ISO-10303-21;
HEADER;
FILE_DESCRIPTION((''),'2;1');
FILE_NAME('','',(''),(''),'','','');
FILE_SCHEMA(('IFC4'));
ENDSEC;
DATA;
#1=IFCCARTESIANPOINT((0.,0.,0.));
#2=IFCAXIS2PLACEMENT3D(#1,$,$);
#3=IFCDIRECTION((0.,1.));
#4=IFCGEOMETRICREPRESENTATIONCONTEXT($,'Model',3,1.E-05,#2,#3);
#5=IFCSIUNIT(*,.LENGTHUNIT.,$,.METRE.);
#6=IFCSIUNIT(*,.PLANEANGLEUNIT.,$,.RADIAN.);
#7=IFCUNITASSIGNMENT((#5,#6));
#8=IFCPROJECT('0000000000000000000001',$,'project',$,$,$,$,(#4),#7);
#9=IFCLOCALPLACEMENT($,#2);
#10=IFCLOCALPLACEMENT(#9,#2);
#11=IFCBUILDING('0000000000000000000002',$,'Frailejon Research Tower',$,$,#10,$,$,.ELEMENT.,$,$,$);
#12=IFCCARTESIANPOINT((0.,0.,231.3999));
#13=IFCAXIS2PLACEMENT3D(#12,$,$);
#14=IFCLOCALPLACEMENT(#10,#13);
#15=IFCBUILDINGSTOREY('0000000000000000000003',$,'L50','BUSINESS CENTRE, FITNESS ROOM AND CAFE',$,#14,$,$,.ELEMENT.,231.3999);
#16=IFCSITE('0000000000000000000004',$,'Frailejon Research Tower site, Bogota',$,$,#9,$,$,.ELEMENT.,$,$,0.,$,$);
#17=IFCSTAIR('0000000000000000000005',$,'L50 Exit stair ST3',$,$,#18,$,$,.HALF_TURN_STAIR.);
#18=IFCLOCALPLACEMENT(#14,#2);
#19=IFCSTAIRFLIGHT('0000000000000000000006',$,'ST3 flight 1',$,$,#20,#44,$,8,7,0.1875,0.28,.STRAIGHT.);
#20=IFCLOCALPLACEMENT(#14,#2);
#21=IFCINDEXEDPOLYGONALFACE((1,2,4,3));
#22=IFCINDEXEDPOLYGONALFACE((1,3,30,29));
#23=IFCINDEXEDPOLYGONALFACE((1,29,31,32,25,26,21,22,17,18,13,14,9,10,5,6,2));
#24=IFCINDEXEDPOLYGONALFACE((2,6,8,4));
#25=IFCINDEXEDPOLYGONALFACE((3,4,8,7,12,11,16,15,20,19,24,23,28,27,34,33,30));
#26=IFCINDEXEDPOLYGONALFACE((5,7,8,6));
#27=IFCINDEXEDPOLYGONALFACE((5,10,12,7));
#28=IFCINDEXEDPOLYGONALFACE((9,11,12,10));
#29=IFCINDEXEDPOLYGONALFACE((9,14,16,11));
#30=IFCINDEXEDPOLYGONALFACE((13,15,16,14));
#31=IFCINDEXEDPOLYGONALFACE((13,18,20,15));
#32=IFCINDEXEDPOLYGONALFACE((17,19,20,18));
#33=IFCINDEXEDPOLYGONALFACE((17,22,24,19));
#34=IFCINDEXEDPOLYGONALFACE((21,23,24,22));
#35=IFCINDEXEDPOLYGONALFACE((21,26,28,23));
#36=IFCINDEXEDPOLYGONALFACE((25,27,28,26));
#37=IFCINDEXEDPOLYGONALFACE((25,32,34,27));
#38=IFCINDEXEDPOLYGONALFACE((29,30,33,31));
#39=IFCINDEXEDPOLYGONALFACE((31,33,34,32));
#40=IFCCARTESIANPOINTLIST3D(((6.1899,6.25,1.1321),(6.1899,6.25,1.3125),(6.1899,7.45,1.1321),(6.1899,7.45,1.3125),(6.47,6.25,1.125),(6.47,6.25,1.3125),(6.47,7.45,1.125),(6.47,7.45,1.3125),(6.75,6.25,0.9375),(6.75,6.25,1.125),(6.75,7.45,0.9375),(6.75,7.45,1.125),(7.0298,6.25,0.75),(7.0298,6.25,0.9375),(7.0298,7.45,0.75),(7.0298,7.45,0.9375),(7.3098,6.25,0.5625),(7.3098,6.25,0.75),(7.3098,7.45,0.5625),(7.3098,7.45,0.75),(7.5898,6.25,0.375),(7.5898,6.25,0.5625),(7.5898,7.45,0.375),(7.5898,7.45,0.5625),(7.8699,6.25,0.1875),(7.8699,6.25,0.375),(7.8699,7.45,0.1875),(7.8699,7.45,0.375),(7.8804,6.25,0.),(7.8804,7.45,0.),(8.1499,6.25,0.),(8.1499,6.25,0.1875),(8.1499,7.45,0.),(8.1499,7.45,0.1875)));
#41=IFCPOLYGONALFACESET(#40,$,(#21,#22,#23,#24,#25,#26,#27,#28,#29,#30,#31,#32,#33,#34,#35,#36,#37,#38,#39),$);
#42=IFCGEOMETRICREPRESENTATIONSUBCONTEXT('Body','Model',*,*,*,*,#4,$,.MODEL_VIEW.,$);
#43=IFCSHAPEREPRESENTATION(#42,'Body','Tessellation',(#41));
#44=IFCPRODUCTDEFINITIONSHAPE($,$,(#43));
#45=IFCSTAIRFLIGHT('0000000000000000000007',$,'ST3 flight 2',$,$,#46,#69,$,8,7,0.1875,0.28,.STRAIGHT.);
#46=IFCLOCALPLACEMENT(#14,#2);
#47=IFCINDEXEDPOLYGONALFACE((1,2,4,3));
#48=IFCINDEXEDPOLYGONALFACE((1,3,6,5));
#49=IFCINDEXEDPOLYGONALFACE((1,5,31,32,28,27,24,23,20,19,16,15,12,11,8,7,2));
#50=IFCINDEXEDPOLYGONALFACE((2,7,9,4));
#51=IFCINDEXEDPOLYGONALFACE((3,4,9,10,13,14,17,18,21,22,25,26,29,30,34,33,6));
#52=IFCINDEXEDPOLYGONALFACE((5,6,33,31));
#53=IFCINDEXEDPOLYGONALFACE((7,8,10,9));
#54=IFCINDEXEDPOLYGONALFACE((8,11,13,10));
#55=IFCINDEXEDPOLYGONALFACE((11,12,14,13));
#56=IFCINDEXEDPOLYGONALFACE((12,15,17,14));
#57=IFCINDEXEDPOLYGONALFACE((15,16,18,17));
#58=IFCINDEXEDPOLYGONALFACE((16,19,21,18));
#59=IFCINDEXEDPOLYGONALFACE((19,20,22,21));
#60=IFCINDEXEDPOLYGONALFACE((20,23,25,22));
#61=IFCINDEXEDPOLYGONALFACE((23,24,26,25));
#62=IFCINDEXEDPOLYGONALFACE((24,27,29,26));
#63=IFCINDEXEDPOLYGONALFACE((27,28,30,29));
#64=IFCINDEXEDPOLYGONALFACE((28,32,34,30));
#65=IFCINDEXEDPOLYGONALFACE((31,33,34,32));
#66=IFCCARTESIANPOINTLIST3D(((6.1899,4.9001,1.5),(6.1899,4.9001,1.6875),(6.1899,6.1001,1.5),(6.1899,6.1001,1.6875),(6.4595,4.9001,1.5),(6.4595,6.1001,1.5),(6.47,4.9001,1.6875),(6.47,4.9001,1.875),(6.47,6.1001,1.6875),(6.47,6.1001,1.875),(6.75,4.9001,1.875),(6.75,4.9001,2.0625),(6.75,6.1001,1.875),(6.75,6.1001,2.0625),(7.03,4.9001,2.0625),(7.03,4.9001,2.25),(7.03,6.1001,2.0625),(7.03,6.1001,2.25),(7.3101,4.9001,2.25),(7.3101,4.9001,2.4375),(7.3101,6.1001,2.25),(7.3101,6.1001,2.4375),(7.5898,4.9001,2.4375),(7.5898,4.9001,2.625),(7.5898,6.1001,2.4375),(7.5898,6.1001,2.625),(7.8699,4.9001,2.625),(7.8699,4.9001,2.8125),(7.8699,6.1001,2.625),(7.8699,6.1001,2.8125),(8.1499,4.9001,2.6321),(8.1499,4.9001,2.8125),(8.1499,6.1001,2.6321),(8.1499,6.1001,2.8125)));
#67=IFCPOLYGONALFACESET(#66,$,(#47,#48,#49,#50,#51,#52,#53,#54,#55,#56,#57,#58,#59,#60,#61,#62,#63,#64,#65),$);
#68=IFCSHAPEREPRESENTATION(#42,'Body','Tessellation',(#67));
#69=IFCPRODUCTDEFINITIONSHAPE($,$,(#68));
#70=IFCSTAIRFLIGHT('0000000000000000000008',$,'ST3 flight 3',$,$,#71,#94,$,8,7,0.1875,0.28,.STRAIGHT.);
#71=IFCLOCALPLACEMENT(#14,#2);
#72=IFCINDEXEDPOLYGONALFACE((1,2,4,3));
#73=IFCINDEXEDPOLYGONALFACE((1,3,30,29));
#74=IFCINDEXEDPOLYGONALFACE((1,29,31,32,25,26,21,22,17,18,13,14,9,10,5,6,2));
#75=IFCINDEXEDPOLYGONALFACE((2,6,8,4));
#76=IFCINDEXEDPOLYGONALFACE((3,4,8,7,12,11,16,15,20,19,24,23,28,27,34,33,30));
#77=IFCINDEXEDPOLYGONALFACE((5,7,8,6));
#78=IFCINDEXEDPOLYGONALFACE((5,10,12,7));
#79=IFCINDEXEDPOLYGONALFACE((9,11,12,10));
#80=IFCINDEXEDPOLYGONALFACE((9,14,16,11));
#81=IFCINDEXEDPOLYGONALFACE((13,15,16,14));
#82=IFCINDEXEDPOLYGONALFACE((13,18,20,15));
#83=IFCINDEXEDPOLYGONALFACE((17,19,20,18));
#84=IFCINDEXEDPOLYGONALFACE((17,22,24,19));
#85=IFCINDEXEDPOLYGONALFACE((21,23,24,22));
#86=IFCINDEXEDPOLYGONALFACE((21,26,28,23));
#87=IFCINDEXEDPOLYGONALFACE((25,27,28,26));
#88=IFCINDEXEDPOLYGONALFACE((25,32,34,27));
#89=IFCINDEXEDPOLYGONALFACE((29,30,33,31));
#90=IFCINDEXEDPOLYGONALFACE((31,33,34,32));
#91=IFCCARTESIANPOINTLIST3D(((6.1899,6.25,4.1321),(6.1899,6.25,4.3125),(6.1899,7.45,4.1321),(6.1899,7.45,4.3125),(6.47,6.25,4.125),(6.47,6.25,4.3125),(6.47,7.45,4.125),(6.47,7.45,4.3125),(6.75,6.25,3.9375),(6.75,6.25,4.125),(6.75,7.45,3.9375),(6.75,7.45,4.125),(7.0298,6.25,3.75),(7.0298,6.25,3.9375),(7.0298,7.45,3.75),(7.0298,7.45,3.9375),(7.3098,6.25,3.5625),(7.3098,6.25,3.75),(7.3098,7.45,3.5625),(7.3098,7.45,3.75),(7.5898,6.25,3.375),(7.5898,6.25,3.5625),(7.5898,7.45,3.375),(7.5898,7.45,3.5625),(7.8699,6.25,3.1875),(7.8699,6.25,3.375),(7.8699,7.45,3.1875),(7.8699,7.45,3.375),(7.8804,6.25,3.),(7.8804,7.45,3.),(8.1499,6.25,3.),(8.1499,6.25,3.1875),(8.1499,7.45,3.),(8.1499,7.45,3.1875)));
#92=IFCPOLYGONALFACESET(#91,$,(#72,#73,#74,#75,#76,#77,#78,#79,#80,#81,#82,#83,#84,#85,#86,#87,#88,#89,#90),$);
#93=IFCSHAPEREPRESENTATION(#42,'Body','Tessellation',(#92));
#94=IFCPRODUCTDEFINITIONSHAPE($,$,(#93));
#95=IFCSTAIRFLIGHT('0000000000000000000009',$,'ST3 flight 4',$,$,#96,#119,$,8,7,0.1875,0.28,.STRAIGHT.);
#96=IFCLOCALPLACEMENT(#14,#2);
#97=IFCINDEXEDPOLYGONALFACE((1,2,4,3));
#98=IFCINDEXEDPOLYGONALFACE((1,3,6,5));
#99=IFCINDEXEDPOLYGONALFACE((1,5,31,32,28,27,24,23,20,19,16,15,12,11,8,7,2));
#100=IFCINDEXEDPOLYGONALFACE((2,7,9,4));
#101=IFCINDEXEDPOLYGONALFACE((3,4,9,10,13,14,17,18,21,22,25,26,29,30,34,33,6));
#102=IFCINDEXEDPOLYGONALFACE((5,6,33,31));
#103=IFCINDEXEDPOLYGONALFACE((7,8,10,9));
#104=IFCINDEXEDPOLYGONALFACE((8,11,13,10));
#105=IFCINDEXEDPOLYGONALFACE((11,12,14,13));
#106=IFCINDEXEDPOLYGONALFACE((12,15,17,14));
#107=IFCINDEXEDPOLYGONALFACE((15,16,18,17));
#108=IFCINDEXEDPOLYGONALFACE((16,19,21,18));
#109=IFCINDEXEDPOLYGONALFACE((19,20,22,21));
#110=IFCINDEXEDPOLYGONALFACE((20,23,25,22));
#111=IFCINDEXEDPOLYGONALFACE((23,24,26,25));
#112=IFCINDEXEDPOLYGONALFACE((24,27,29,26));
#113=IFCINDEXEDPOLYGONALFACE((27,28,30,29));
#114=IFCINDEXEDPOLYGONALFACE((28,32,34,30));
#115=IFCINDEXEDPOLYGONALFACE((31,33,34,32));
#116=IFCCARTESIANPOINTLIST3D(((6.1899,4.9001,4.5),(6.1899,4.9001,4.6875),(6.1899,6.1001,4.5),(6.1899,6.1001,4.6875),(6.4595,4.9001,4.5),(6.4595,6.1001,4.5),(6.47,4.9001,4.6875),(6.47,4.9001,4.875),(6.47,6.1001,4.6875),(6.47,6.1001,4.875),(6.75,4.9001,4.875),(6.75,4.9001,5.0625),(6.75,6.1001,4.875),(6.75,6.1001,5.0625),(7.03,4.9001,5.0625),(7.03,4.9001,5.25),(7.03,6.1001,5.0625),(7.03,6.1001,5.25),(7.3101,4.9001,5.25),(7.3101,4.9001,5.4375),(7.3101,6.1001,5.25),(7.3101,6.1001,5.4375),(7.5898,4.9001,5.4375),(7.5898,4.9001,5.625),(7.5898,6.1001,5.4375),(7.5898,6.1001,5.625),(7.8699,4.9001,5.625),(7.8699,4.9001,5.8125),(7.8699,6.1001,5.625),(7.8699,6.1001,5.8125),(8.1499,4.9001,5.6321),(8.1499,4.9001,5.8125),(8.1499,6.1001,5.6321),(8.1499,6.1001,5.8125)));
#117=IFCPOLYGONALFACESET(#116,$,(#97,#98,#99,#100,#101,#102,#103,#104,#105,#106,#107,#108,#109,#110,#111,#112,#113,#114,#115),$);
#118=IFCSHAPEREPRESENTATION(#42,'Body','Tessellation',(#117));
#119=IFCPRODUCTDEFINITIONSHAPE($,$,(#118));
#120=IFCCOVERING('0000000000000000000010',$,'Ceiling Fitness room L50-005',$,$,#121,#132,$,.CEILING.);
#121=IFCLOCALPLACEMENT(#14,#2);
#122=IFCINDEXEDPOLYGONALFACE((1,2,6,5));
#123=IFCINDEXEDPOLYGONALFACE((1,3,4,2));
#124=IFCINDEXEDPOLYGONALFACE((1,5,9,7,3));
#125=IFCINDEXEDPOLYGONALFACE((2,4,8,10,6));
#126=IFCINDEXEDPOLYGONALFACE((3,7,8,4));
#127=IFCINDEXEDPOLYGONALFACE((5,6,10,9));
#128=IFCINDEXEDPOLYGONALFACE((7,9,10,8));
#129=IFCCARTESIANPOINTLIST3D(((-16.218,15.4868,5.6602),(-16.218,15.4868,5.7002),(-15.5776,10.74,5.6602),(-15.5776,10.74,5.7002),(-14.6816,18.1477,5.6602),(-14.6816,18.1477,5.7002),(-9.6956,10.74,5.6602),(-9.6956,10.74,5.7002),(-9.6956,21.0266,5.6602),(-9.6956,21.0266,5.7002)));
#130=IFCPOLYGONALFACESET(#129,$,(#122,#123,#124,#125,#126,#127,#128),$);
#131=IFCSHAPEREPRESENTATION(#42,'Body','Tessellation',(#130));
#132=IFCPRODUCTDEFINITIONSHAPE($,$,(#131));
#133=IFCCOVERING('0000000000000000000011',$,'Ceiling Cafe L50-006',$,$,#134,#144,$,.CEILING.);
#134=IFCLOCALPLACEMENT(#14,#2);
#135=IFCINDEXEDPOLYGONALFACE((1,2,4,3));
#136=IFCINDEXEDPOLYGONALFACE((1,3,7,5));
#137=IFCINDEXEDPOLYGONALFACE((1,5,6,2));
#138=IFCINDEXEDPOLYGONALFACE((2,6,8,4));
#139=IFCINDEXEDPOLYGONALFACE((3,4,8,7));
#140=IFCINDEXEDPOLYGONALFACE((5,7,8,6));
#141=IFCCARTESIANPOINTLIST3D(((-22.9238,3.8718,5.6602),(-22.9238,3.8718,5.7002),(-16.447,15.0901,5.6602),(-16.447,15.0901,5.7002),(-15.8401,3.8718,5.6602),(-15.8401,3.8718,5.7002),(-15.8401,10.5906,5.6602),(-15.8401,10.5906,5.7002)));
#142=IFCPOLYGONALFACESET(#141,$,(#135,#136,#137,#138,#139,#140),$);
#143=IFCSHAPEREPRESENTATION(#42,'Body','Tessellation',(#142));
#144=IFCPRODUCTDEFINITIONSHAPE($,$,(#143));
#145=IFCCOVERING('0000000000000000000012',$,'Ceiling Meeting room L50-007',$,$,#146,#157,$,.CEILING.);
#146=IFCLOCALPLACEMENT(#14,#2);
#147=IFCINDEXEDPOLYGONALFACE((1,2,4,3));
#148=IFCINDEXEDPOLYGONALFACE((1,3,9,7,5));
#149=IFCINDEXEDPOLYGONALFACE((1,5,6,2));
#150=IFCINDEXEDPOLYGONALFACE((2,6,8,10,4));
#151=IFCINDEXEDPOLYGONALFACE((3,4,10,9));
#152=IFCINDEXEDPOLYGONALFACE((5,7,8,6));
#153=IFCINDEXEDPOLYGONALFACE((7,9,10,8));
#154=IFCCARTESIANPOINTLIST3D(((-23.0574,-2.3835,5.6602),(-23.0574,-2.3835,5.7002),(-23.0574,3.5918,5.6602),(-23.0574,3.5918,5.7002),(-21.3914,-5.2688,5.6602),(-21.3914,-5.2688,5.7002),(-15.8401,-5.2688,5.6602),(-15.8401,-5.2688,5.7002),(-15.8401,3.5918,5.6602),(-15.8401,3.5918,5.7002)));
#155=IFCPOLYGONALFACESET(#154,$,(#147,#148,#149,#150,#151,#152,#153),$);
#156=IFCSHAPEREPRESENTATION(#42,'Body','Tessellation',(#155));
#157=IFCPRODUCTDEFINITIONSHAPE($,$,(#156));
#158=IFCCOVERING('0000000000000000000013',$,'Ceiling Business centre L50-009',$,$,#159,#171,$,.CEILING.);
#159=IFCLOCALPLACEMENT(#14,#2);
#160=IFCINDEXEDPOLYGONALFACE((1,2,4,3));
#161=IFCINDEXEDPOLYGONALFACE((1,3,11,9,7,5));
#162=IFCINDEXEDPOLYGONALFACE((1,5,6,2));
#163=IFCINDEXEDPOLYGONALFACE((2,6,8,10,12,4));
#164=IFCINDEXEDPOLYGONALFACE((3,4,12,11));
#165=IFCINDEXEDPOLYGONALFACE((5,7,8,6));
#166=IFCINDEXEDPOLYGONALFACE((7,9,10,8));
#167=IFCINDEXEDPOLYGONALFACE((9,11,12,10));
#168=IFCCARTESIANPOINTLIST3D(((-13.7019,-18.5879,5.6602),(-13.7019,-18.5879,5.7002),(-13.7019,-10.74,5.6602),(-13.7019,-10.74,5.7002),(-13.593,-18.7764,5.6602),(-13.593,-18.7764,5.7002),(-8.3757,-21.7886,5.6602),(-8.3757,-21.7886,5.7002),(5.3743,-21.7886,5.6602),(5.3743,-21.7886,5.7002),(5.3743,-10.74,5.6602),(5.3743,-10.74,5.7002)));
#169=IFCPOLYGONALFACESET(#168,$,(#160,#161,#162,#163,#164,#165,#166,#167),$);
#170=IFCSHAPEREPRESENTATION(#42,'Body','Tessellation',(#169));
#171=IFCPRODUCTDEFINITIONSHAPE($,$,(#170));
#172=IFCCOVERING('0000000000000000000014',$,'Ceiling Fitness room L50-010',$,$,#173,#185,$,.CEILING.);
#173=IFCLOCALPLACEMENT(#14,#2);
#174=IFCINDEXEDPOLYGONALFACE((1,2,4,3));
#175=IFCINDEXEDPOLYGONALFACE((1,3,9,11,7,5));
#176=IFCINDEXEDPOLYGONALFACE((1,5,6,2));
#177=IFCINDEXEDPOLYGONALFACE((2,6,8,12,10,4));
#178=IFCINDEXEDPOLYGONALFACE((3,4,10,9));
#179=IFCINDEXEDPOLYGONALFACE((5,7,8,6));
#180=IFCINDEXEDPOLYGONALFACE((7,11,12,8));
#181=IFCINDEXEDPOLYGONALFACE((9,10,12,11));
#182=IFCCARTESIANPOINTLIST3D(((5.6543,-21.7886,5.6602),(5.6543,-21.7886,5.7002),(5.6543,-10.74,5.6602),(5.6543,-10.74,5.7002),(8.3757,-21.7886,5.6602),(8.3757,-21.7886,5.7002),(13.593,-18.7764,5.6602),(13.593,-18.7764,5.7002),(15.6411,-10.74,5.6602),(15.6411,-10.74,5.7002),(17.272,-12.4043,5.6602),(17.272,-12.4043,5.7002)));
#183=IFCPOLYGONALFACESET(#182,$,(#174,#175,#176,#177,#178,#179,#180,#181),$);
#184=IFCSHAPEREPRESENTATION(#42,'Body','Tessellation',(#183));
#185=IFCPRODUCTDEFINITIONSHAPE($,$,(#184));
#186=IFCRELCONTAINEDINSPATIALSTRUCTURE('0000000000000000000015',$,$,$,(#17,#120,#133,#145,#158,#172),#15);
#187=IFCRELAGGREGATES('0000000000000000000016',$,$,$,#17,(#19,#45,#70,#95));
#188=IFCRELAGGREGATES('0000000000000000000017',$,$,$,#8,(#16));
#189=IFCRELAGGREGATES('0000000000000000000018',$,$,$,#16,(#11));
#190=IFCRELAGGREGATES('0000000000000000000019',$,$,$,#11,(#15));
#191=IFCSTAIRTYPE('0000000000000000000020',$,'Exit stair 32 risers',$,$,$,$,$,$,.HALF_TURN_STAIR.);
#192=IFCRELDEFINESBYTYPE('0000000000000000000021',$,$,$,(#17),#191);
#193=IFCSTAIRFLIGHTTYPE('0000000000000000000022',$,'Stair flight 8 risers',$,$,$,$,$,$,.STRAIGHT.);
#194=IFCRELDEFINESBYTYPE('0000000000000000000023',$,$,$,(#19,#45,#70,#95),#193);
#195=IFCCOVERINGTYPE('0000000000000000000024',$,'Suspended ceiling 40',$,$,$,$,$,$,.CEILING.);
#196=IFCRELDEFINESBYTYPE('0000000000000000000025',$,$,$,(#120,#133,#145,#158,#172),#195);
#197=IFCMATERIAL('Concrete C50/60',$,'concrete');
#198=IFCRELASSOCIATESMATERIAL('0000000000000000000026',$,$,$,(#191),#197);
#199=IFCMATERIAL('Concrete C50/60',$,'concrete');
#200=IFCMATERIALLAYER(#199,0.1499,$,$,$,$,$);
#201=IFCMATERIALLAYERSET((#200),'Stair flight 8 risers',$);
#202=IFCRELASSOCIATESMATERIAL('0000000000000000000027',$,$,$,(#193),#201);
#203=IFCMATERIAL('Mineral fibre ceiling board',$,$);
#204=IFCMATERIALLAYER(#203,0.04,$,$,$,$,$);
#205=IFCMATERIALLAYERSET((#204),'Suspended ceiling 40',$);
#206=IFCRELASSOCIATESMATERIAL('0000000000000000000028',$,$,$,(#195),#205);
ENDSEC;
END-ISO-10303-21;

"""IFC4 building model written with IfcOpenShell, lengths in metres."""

from ifc_helpers import new_model, si_unit, direction, frame, origin, place, context, subcontext, project, spatial, polyline, outline, extrude, material, layer, layer_set, type_object, element, aggregate, save


model = new_model("IFC4")

# Units and contexts
model_context = context("Model", 3, precision=1e-05, world=origin(), true_north=direction((0.0, 1.0)))
body_context = subcontext(model_context, "Body", "Model", "MODEL_VIEW")
ifc_project = project(units=[si_unit("LENGTHUNIT", "METRE"), si_unit("PLANEANGLEUNIT", "RADIAN")], contexts=[model_context])

# Site, building, storey
site_placement = place(None, origin())
site = spatial("IfcSite", under=ifc_project, at=site_placement, Name="Frailejon Research Tower site, Bogota", CompositionType="ELEMENT", RefElevation=0.0)
building_placement = place(site_placement, origin())
building = spatial("IfcBuilding", under=site, at=building_placement, Name="Frailejon Research Tower", CompositionType="ELEMENT")
storey_placement = place(building_placement, frame((0.0, 0.0, 231.3999)))
storey = spatial("IfcBuildingStorey", under=building, at=storey_placement, Name="L50", Description="BUSINESS CENTRE, FITNESS ROOM AND CAFE", CompositionType="ELEMENT", Elevation=231.3999)

# Stair, stair flights
ifc_material_1 = material(Name="Concrete C50/60", Category="concrete")
stair_type = type_object("IfcStairType", Name="Exit stair 32 risers", PredefinedType="HALF_TURN_STAIR", material=ifc_material_1)
stair_placement = place(storey_placement, origin())
stair = element("IfcStair", 1, at=stair_placement, inside=storey, type_object=stair_type, Name="L50 Exit stair ST3", PredefinedType="HALF_TURN_STAIR")
ifc_material_2 = material(Name="Concrete C50/60", Category="concrete")
ifc_layer_1 = layer(ifc_material_2, 0.1499)
ifc_layer_set_1 = layer_set([ifc_layer_1], Name="Stair flight 8 risers")
stair_flight_type = type_object("IfcStairFlightType", Name="Stair flight 8 risers", PredefinedType="STRAIGHT", material=ifc_layer_set_1)
stair_flight_1_placement = place(storey_placement, frame((8.1499, 6.8501, 0.0), z_axis=(0.0, 0.0, 1.0), x_axis=(-1.0, 0.0, 0.0)))
stair_flight_1 = element("IfcStairFlight", 2, at=stair_flight_1_placement, type_object=stair_flight_type, Name="ST3 flight 1", NumberOfRisers=8, NumberOfTreads=7, PredefinedType="STRAIGHT", RiserHeight=0.1875, TreadLength=0.28, context=body_context, shape_type="SweptSolid", body=[
    extrude(outline(polyline([(0.0, 0.0), (0.0, 0.1875), (0.28, 0.1875), (0.28, 0.375), (0.5601, 0.375), (0.5601, 0.5625), (0.8401, 0.5625), (0.8401, 0.75), (1.1201, 0.75), (1.1201, 0.9375), (1.3999, 0.9375), (1.3999, 1.125), (1.6799, 1.125), (1.6799, 1.3125), (1.96, 1.3125), (1.96, 1.5), (1.96, 1.1321), (0.2695, 0.0), (0.0, 0.0)])), frame((0.0, 0.6001, 0.0), z_axis=(0.0, -1.0, 0.0), x_axis=(1.0, 0.0, 0.0)), (0.0, 0.0, 1.0), 1.2),
])
stair_flight_2_placement = place(storey_placement, frame((6.1899, 5.5, 1.5), z_axis=(0.0, 0.0, 1.0), x_axis=(1.0, 0.0, 0.0)))
stair_flight_2 = element("IfcStairFlight", 3, at=stair_flight_2_placement, type_object=stair_flight_type, Name="ST3 flight 2", NumberOfRisers=8, NumberOfTreads=7, PredefinedType="STRAIGHT", RiserHeight=0.1875, TreadLength=0.28, context=body_context, shape_type="SweptSolid", body=[
    extrude(outline(polyline([(0.0, 0.0), (0.0, 0.1875), (0.28, 0.1875), (0.28, 0.375), (0.5601, 0.375), (0.5601, 0.5625), (0.8401, 0.5625), (0.8401, 0.75), (1.1201, 0.75), (1.1201, 0.9375), (1.3999, 0.9375), (1.3999, 1.125), (1.6799, 1.125), (1.6799, 1.3125), (1.96, 1.3125), (1.96, 1.5), (1.96, 1.1321), (0.2695, 0.0), (0.0, 0.0)])), frame((0.0, 0.6001, 0.0), z_axis=(0.0, -1.0, 0.0), x_axis=(1.0, 0.0, 0.0)), (0.0, 0.0, 1.0), 1.2),
])
stair_flight_3_placement = place(storey_placement, frame((8.1499, 6.8501, 3.0), z_axis=(0.0, 0.0, 1.0), x_axis=(-1.0, 0.0, 0.0)))
stair_flight_3 = element("IfcStairFlight", 4, at=stair_flight_3_placement, type_object=stair_flight_type, Name="ST3 flight 3", NumberOfRisers=8, NumberOfTreads=7, PredefinedType="STRAIGHT", RiserHeight=0.1875, TreadLength=0.28, context=body_context, shape_type="SweptSolid", body=[
    extrude(outline(polyline([(0.0, 0.0), (0.0, 0.1875), (0.28, 0.1875), (0.28, 0.375), (0.5601, 0.375), (0.5601, 0.5625), (0.8401, 0.5625), (0.8401, 0.75), (1.1201, 0.75), (1.1201, 0.9375), (1.3999, 0.9375), (1.3999, 1.125), (1.6799, 1.125), (1.6799, 1.3125), (1.96, 1.3125), (1.96, 1.5), (1.96, 1.1321), (0.2695, 0.0), (0.0, 0.0)])), frame((0.0, 0.6001, 0.0), z_axis=(0.0, -1.0, 0.0), x_axis=(1.0, 0.0, 0.0)), (0.0, 0.0, 1.0), 1.2),
])
stair_flight_4_placement = place(storey_placement, frame((6.1899, 5.5, 4.5), z_axis=(0.0, 0.0, 1.0), x_axis=(1.0, 0.0, 0.0)))
stair_flight_4 = element("IfcStairFlight", 5, at=stair_flight_4_placement, type_object=stair_flight_type, Name="ST3 flight 4", NumberOfRisers=8, NumberOfTreads=7, PredefinedType="STRAIGHT", RiserHeight=0.1875, TreadLength=0.28, context=body_context, shape_type="SweptSolid", body=[
    extrude(outline(polyline([(0.0, 0.0), (0.0, 0.1875), (0.28, 0.1875), (0.28, 0.375), (0.5601, 0.375), (0.5601, 0.5625), (0.8401, 0.5625), (0.8401, 0.75), (1.1201, 0.75), (1.1201, 0.9375), (1.3999, 0.9375), (1.3999, 1.125), (1.6799, 1.125), (1.6799, 1.3125), (1.96, 1.3125), (1.96, 1.5), (1.96, 1.1321), (0.2695, 0.0), (0.0, 0.0)])), frame((0.0, 0.6001, 0.0), z_axis=(0.0, -1.0, 0.0), x_axis=(1.0, 0.0, 0.0)), (0.0, 0.0, 1.0), 1.2),
])
aggregate(stair, [stair_flight_1, stair_flight_2, stair_flight_3, stair_flight_4])

# Coverings
ifc_material_3 = material(Name="Mineral fibre ceiling board")
ifc_layer_2 = layer(ifc_material_3, 0.04)
ifc_layer_set_2 = layer_set([ifc_layer_2], Name="Suspended ceiling 40")
covering_type = type_object("IfcCoveringType", Name="Suspended ceiling 40", PredefinedType="CEILING", material=ifc_layer_set_2)
covering_1_placement = place(storey_placement, frame((0.0, 0.0, 5.6602)))
element("IfcCovering", 6, at=covering_1_placement, inside=storey, type_object=covering_type, Name="Ceiling Fitness room L50-005", PredefinedType="CEILING", context=body_context, shape_type="SweptSolid", body=[
    extrude(outline(polyline([(-15.5776, 10.74), (-9.6956, 10.74), (-9.6956, 21.0266), (-14.6816, 18.1477), (-16.218, 15.4868), (-15.5776, 10.74)])), origin(), (0.0, 0.0, 1.0), 0.04),
])
covering_2_placement = place(storey_placement, frame((0.0, 0.0, 5.6602)))
element("IfcCovering", 7, at=covering_2_placement, inside=storey, type_object=covering_type, Name="Ceiling Cafe L50-006", PredefinedType="CEILING", context=body_context, shape_type="SweptSolid", body=[
    extrude(outline(polyline([(-15.8401, 3.8718), (-15.8401, 10.5906), (-16.447, 15.0901), (-22.9238, 3.8718), (-15.8401, 3.8718)])), origin(), (0.0, 0.0, 1.0), 0.04),
])
covering_3_placement = place(storey_placement, frame((0.0, 0.0, 5.6602)))
element("IfcCovering", 8, at=covering_3_placement, inside=storey, type_object=covering_type, Name="Ceiling Meeting room L50-007", PredefinedType="CEILING", context=body_context, shape_type="SweptSolid", body=[
    extrude(outline(polyline([(-23.0574, -2.3835), (-21.3914, -5.2688), (-15.8401, -5.2688), (-15.8401, 3.5918), (-23.0574, 3.5918), (-23.0574, -2.3835)])), origin(), (0.0, 0.0, 1.0), 0.04),
])
covering_4_placement = place(storey_placement, frame((0.0, 0.0, 5.6602)))
element("IfcCovering", 9, at=covering_4_placement, inside=storey, type_object=covering_type, Name="Ceiling Business centre L50-009", PredefinedType="CEILING", context=body_context, shape_type="SweptSolid", body=[
    extrude(outline(polyline([(5.3743, -10.74), (-13.7019, -10.74), (-13.7019, -18.5879), (-13.593, -18.7764), (-8.3757, -21.7886), (5.3743, -21.7886), (5.3743, -10.74)])), origin(), (0.0, 0.0, 1.0), 0.04),
])
covering_5_placement = place(storey_placement, frame((0.0, 0.0, 5.6602)))
element("IfcCovering", 10, at=covering_5_placement, inside=storey, type_object=covering_type, Name="Ceiling Fitness room L50-010", PredefinedType="CEILING", context=body_context, shape_type="SweptSolid", body=[
    extrude(outline(polyline([(15.6411, -10.74), (5.6543, -10.74), (5.6543, -21.7886), (8.3757, -21.7886), (13.593, -18.7764), (17.272, -12.4043), (15.6411, -10.74)])), origin(), (0.0, 0.0, 1.0), 0.04),
])

save(model, "model.ifc")
